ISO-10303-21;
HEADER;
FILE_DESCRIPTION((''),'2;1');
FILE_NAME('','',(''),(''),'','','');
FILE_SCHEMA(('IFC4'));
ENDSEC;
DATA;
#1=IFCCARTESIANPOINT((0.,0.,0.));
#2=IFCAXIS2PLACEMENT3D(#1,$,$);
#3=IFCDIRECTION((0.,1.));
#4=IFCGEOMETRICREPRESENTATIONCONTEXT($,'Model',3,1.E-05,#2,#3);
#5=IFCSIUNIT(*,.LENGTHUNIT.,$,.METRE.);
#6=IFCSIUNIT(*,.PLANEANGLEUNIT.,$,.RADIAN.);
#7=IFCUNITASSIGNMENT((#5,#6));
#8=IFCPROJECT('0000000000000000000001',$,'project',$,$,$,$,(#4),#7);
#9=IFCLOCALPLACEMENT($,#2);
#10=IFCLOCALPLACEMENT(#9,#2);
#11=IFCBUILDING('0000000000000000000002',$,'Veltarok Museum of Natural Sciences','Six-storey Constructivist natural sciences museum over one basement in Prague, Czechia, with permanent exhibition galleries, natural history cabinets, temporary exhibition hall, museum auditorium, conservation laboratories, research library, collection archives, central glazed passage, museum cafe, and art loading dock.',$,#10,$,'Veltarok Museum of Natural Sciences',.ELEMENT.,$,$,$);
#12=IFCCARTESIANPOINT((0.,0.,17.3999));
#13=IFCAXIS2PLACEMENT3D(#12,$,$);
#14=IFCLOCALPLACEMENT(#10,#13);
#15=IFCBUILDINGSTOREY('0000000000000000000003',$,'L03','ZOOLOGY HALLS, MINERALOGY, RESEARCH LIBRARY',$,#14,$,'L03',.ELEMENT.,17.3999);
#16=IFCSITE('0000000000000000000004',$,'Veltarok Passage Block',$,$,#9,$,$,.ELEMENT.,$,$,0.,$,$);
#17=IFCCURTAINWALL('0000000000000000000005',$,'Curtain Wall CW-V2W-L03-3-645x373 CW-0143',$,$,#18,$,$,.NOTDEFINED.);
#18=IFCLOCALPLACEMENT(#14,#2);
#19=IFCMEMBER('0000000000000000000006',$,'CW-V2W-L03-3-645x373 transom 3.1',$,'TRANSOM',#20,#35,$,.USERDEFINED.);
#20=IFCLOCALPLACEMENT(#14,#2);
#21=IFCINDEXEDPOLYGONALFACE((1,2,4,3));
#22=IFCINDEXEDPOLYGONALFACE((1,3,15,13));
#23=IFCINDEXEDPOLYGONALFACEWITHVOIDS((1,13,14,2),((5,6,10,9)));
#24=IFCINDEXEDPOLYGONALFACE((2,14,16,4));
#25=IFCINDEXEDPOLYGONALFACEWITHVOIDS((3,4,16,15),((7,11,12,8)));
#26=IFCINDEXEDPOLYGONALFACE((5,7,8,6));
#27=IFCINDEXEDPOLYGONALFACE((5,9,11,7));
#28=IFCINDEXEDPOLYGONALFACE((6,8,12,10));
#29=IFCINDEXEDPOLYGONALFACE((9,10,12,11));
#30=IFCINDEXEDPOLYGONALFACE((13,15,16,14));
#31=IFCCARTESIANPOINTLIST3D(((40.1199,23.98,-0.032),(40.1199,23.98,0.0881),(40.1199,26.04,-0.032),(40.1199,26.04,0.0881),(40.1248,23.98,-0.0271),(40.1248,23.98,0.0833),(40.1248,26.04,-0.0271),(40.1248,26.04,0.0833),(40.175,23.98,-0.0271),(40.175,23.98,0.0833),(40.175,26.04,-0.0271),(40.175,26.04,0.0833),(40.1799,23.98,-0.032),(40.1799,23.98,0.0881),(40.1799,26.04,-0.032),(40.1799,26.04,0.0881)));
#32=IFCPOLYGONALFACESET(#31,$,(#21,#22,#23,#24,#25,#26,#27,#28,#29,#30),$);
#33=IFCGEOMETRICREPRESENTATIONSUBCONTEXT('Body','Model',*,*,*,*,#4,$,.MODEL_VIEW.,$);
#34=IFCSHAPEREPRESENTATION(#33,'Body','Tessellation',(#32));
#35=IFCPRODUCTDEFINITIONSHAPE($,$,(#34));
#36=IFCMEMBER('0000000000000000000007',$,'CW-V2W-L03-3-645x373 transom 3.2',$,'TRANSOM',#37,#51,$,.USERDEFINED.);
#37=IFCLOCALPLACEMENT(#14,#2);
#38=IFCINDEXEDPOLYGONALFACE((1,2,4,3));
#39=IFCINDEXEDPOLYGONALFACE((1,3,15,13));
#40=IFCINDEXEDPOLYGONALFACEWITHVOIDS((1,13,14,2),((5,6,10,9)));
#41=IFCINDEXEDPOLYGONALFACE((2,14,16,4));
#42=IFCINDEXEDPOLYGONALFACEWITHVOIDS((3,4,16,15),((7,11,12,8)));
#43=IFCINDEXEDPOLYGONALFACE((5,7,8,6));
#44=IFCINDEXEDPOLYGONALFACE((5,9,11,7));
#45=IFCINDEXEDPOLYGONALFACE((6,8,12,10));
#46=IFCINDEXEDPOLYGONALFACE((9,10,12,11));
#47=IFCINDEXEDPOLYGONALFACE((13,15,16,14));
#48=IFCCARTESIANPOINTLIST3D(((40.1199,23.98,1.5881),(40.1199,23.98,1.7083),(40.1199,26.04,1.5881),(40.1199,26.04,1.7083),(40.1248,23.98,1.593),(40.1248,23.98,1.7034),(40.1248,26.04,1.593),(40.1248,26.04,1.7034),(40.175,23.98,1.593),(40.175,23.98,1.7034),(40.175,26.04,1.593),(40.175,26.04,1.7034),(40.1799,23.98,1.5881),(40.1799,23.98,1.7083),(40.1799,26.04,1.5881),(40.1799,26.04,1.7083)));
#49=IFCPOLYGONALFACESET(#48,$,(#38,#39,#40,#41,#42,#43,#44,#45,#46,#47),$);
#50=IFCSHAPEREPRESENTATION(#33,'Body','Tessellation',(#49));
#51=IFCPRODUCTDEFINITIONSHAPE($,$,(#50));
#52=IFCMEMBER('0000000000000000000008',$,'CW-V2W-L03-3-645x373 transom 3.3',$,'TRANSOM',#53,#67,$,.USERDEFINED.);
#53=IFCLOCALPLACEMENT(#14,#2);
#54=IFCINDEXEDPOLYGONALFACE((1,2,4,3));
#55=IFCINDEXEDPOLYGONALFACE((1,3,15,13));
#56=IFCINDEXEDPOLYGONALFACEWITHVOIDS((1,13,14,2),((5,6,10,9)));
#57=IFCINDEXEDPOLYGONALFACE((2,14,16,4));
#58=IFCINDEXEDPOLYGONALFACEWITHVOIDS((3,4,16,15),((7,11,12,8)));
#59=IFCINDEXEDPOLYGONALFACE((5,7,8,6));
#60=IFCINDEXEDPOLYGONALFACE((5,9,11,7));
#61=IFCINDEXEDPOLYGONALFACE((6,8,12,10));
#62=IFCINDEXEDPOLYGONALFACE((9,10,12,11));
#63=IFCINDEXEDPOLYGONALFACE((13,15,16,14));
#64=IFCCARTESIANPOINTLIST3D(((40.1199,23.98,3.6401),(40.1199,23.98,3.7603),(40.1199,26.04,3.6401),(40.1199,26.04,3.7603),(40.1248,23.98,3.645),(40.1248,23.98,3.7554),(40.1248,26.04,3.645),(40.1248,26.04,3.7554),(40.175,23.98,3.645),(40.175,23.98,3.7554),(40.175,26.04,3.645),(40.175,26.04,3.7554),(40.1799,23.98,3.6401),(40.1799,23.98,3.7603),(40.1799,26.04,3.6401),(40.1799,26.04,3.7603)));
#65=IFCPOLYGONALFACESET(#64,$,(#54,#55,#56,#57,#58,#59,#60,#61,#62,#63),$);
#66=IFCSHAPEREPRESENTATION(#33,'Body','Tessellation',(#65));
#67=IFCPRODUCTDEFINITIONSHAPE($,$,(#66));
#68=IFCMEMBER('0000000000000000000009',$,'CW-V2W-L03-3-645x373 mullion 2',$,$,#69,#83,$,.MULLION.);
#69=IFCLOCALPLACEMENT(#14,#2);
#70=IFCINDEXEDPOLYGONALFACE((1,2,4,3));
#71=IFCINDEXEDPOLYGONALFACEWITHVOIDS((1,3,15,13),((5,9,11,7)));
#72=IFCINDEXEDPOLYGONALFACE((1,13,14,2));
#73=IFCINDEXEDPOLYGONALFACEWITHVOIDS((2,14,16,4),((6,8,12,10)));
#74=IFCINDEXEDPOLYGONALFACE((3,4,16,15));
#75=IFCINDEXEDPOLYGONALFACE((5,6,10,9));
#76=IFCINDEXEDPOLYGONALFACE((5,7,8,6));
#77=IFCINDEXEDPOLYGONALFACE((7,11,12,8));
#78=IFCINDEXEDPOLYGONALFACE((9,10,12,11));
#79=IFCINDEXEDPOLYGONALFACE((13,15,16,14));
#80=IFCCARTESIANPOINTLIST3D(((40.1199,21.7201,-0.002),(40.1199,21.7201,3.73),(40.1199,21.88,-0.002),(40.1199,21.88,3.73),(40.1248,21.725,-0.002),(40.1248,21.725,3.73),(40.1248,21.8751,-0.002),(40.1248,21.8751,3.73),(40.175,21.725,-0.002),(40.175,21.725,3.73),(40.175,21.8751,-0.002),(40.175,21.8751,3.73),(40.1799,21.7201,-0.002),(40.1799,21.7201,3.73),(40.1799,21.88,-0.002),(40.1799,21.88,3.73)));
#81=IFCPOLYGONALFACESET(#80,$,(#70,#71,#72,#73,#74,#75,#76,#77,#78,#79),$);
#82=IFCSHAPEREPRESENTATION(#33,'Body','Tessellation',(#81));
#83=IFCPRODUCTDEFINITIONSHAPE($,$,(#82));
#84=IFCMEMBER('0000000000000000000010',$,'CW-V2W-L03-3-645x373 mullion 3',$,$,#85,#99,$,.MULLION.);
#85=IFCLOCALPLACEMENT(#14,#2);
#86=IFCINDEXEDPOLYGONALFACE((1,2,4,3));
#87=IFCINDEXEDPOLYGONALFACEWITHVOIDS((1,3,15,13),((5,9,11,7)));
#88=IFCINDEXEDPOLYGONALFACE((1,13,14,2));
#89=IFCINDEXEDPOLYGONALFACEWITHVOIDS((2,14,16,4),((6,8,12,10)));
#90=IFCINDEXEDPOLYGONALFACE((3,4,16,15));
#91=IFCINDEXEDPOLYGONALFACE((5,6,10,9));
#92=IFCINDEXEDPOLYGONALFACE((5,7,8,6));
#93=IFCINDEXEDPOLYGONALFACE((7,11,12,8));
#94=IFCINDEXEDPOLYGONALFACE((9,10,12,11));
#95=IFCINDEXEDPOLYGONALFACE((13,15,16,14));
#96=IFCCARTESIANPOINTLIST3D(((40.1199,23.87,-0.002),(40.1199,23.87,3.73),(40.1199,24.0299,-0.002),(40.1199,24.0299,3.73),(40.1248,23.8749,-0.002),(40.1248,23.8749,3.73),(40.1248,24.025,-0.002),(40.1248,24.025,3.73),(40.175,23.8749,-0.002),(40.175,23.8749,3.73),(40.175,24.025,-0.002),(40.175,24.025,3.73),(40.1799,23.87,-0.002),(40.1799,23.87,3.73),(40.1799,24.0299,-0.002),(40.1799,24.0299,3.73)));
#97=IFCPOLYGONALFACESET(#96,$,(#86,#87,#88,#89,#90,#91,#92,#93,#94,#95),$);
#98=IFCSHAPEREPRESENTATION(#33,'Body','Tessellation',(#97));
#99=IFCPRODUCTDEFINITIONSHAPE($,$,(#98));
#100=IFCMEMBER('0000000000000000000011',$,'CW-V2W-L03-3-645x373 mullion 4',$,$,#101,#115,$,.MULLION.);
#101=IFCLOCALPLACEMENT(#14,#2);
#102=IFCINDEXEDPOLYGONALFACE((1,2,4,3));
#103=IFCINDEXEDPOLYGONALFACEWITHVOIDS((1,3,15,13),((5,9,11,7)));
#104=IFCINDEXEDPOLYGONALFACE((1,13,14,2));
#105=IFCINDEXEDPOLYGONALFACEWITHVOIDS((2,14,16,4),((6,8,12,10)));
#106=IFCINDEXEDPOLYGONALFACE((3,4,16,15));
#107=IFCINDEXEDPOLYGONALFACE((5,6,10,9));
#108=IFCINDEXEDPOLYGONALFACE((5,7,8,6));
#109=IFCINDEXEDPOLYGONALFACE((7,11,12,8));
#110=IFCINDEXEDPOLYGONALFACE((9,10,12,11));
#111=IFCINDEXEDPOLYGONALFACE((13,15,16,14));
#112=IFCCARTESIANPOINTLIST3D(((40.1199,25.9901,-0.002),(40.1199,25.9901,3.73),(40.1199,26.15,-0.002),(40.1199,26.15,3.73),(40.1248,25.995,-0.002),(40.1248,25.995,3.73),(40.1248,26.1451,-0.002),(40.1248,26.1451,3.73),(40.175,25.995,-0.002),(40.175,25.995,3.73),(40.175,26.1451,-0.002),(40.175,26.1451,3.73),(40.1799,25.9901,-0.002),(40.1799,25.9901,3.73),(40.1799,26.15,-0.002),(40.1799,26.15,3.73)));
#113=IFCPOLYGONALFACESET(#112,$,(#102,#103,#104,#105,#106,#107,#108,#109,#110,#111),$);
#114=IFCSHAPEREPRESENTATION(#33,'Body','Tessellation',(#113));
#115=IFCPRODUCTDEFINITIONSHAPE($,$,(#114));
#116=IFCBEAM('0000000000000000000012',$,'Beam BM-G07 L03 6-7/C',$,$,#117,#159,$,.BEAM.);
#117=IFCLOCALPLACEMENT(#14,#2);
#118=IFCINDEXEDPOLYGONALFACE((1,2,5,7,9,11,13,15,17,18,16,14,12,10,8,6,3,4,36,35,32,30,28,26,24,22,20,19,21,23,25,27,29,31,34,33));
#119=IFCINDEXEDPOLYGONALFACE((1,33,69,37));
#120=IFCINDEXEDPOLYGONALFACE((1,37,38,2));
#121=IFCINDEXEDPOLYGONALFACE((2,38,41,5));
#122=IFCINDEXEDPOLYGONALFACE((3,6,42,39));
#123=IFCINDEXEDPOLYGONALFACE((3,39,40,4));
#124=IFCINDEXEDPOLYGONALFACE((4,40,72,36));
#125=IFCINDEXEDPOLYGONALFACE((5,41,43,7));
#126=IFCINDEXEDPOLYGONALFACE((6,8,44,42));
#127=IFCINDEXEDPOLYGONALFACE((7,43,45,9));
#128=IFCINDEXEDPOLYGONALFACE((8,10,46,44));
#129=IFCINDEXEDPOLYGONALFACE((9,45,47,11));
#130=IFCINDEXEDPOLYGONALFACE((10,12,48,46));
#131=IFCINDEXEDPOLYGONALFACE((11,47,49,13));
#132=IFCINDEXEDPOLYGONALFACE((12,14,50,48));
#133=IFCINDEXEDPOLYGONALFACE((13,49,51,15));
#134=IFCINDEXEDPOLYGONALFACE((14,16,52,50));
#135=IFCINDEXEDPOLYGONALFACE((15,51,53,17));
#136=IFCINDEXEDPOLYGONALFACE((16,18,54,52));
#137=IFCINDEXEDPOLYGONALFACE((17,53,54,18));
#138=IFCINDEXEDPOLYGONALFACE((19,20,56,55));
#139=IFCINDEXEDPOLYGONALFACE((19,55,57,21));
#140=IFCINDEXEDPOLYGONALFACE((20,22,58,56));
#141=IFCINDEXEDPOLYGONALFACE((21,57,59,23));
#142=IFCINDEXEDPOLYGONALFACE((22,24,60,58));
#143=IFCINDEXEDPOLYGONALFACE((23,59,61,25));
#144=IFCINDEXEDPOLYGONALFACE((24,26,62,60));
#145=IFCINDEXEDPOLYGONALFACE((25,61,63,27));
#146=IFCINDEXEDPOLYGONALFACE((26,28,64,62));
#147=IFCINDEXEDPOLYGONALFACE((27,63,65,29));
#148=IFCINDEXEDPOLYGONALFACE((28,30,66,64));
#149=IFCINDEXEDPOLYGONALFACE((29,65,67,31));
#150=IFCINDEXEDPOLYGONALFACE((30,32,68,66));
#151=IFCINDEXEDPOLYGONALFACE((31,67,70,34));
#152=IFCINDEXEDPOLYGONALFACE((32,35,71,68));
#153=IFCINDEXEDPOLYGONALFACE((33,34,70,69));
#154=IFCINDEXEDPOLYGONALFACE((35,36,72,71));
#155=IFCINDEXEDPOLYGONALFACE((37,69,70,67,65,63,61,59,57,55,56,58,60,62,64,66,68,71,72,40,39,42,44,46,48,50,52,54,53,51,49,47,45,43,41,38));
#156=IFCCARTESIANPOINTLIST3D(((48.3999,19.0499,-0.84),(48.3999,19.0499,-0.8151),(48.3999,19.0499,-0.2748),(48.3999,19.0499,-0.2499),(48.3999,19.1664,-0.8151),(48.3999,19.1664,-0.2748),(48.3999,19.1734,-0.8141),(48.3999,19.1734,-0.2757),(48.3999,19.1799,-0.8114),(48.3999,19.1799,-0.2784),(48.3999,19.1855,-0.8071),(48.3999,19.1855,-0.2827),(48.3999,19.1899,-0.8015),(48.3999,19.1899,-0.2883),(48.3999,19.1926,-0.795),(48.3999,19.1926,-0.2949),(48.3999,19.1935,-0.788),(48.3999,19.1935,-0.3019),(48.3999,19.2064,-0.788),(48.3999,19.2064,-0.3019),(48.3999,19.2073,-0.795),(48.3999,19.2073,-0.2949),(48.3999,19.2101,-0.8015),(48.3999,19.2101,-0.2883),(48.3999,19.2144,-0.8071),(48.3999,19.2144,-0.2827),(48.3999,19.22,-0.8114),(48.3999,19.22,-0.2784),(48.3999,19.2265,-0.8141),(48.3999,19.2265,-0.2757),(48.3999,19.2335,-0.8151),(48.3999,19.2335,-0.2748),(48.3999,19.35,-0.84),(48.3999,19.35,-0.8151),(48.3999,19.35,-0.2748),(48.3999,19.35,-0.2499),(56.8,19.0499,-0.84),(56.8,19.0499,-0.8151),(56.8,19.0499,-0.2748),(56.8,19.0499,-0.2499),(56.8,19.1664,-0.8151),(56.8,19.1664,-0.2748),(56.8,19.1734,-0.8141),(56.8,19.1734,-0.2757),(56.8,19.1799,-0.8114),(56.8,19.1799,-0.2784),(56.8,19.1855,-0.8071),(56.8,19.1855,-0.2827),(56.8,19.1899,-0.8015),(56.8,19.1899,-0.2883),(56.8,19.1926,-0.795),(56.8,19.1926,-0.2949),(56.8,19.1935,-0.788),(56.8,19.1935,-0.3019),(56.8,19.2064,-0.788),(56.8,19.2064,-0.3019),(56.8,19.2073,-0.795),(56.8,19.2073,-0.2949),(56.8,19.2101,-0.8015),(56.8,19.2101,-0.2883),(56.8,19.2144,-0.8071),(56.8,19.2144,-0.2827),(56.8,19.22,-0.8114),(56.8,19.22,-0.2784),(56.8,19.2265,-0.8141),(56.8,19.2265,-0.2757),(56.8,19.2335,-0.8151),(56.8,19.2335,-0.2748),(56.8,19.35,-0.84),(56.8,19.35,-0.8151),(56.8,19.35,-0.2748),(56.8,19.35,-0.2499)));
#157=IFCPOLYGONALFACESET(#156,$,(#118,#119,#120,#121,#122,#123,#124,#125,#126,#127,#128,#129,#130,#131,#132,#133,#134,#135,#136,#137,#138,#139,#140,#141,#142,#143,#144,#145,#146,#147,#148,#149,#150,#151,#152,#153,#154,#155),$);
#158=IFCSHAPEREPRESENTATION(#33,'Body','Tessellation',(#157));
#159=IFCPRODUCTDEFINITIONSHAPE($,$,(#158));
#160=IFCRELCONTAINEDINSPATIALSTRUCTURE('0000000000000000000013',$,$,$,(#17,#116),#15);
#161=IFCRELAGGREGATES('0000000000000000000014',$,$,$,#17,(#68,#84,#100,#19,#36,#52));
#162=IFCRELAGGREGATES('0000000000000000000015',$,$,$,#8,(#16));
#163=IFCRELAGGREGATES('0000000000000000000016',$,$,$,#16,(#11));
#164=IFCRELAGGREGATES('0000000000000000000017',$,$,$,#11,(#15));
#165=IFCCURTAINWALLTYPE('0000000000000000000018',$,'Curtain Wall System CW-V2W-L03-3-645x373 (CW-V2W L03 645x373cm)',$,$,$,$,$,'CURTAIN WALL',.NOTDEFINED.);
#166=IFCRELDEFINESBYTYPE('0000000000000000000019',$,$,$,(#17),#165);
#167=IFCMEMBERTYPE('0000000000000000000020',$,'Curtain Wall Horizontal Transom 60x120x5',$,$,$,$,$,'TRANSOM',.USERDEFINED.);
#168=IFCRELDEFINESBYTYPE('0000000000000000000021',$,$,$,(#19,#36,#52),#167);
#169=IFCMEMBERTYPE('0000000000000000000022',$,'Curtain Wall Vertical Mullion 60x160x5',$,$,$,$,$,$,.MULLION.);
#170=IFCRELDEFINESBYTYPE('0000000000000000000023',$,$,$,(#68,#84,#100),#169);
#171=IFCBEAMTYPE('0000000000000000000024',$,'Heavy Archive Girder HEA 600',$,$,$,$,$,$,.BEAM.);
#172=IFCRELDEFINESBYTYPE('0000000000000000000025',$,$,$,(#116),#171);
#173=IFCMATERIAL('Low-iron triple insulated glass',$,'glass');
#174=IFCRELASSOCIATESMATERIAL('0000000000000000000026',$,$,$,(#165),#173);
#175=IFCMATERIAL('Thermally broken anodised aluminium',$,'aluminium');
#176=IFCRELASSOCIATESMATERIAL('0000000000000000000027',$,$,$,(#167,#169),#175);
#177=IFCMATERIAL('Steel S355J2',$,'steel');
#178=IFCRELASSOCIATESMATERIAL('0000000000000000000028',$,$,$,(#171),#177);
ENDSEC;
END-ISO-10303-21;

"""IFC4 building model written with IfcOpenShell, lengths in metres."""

from ifc_helpers import new_model, si_unit, direction, frame, origin, origin_2d, place, context, subcontext, project, spatial, hollow_rectangle, i_section, extrude, material, material_profile, profile_set, type_object, element, aggregate, save


model = new_model("IFC4")

# Units and contexts
model_context = context("Model", 3, precision=1e-05, world=origin(), true_north=direction((0.0, 1.0)))
body_context = subcontext(model_context, "Body", "Model", "MODEL_VIEW")
ifc_project = project(units=[si_unit("LENGTHUNIT", "METRE"), si_unit("PLANEANGLEUNIT", "RADIAN")], contexts=[model_context])

# Site, building, storey
site_placement = place(None, origin())
site = spatial("IfcSite", under=ifc_project, at=site_placement, Name="Veltarok Passage Block", CompositionType="ELEMENT", RefElevation=0.0)
building_placement = place(site_placement, origin())
building = spatial("IfcBuilding", under=site, at=building_placement, Name="Veltarok Museum of Natural Sciences", Description="Six-storey Constructivist natural sciences museum over one basement in Prague, Czechia, with permanent exhibition galleries, natural history cabinets, temporary exhibition hall, museum auditorium, conservation laboratories, research library, collection archives, central glazed passage, museum cafe, and art loading dock.", LongName="Veltarok Museum of Natural Sciences", CompositionType="ELEMENT")
storey_placement = place(building_placement, frame((0.0, 0.0, 17.3999)))
storey = spatial("IfcBuildingStorey", under=building, at=storey_placement, Name="L03", Description="ZOOLOGY HALLS, MINERALOGY, RESEARCH LIBRARY", LongName="L03", CompositionType="ELEMENT", Elevation=17.3999)

# Shared definitions
ifc_material_1 = material(Name="Steel S355J2", Category="steel")

# Curtain wall, members
ifc_material_2 = material(Name="Low-iron triple insulated glass", Category="glass")
curtain_wall_type = type_object("IfcCurtainWallType", Name="Curtain Wall System CW-V2W-L03-3-645x373 (CW-V2W L03 645x373cm)", ElementType="CURTAIN WALL", PredefinedType="NOTDEFINED", material=ifc_material_2)
curtain_wall_placement = place(storey_placement, origin())
curtain_wall = element("IfcCurtainWall", 1, at=curtain_wall_placement, inside=storey, type_object=curtain_wall_type, Name="Curtain Wall CW-V2W-L03-3-645x373 CW-0143", PredefinedType="NOTDEFINED")
ifc_material_3 = material(Name="Thermally broken anodised aluminium", Category="aluminium")
ifc_material_profile_1 = material_profile(ifc_material_3, hollow_rectangle(XDim=0.0601, YDim=0.1201, WallThickness=0.0049, at=origin_2d()), Name="CW TRANSOM 60x120x5")
ifc_profile_set_1 = profile_set([ifc_material_profile_1], Name="Thermally broken anodised aluminium")
member_type_1 = type_object("IfcMemberType", Name="Curtain Wall Horizontal Transom 60x120x5", ElementType="TRANSOM", PredefinedType="USERDEFINED", material=ifc_profile_set_1)
member_1_placement = place(storey_placement, frame((40.1499, 23.98, 0.0281), z_axis=(0.0, 1.0, 0.0), x_axis=(-1.0, 0.0, 0.0)))
member_1 = element("IfcMember", 2, at=member_1_placement, type_object=member_type_1, Name="CW-V2W-L03-3-645x373 transom 3.1", ObjectType="TRANSOM", PredefinedType="USERDEFINED", context=body_context, shape_type="SweptSolid", body=[
    extrude(hollow_rectangle(XDim=0.0601, YDim=0.1201, WallThickness=0.0049, at=origin_2d()), origin(), (0.0, 0.0, 1.0), 2.0601),
])
member_2_placement = place(storey_placement, frame((40.1499, 23.98, 1.6482), z_axis=(0.0, 1.0, 0.0), x_axis=(-1.0, 0.0, 0.0)))
member_2 = element("IfcMember", 3, at=member_2_placement, type_object=member_type_1, Name="CW-V2W-L03-3-645x373 transom 3.2", ObjectType="TRANSOM", PredefinedType="USERDEFINED", context=body_context, shape_type="SweptSolid", body=[
    extrude(hollow_rectangle(XDim=0.0601, YDim=0.1201, WallThickness=0.0049, at=origin_2d()), origin(), (0.0, 0.0, 1.0), 2.0601),
])
member_3_placement = place(storey_placement, frame((40.1499, 23.98, 3.7002), z_axis=(0.0, 1.0, 0.0), x_axis=(-1.0, 0.0, 0.0)))
member_3 = element("IfcMember", 4, at=member_3_placement, type_object=member_type_1, Name="CW-V2W-L03-3-645x373 transom 3.3", ObjectType="TRANSOM", PredefinedType="USERDEFINED", context=body_context, shape_type="SweptSolid", body=[
    extrude(hollow_rectangle(XDim=0.0601, YDim=0.1201, WallThickness=0.0049, at=origin_2d()), origin(), (0.0, 0.0, 1.0), 2.0601),
])
ifc_material_profile_2 = material_profile(ifc_material_3, hollow_rectangle(XDim=0.0601, YDim=0.1599, WallThickness=0.0049, at=origin_2d()), Name="CW MULLION 60x160x5")
ifc_profile_set_2 = profile_set([ifc_material_profile_2], Name="Thermally broken anodised aluminium")
member_type_2 = type_object("IfcMemberType", Name="Curtain Wall Vertical Mullion 60x160x5", PredefinedType="MULLION", material=ifc_profile_set_2)
member_4_placement = place(storey_placement, frame((40.1499, 21.8, -0.002), z_axis=(0.0, 0.0, 1.0), x_axis=(-1.0, 0.0, 0.0)))
member_4 = element("IfcMember", 5, at=member_4_placement, type_object=member_type_2, Name="CW-V2W-L03-3-645x373 mullion 2", PredefinedType="MULLION", context=body_context, shape_type="SweptSolid", body=[
    extrude(hollow_rectangle(XDim=0.0601, YDim=0.1599, WallThickness=0.0049, at=origin_2d()), origin(), (0.0, 0.0, 1.0), 3.7319),
])
member_5_placement = place(storey_placement, frame((40.1499, 23.95, -0.002), z_axis=(0.0, 0.0, 1.0), x_axis=(-1.0, 0.0, 0.0)))
member_5 = element("IfcMember", 6, at=member_5_placement, type_object=member_type_2, Name="CW-V2W-L03-3-645x373 mullion 3", PredefinedType="MULLION", context=body_context, shape_type="SweptSolid", body=[
    extrude(hollow_rectangle(XDim=0.0601, YDim=0.1599, WallThickness=0.0049, at=origin_2d()), origin(), (0.0, 0.0, 1.0), 3.7319),
])
member_6_placement = place(storey_placement, frame((40.1499, 26.0701, -0.002), z_axis=(0.0, 0.0, 1.0), x_axis=(-1.0, 0.0, 0.0)))
member_6 = element("IfcMember", 7, at=member_6_placement, type_object=member_type_2, Name="CW-V2W-L03-3-645x373 mullion 4", PredefinedType="MULLION", context=body_context, shape_type="SweptSolid", body=[
    extrude(hollow_rectangle(XDim=0.0601, YDim=0.1599, WallThickness=0.0049, at=origin_2d()), origin(), (0.0, 0.0, 1.0), 3.7319),
])

# Beam
ifc_material_profile_3 = material_profile(ifc_material_1, i_section(OverallWidth=0.3, OverallDepth=0.5901, WebThickness=0.0129, FlangeThickness=0.0249, FilletRadius=0.0271, at=origin_2d()), Name="HEA 600")
ifc_profile_set_3 = profile_set([ifc_material_profile_3], Name="Steel S355J2")
beam_type_1 = type_object("IfcBeamType", Name="Heavy Archive Girder HEA 600", PredefinedType="BEAM", material=ifc_profile_set_3)
for number, where, z_axis, x_axis, name in (
    (8, (48.3999, 19.2, -0.5449), (1.0, 0.0, 0.0), (0.0, 1.0, 0.0), "Beam BM-G07 L03 6-7/C"),
):
    element("IfcBeam", number, at=place(storey_placement, frame(where, z_axis=z_axis, x_axis=x_axis)), inside=storey, type_object=beam_type_1, Name=name, PredefinedType="BEAM", context=body_context, shape_type="SweptSolid", body=[
        extrude(i_section(OverallWidth=0.3, OverallDepth=0.5901, WebThickness=0.0129, FlangeThickness=0.0249, FilletRadius=0.0271, at=origin_2d()), origin(), (0.0, 0.0, 1.0), 8.4001),
    ])

aggregate(curtain_wall, [member_4, member_5, member_6, member_1, member_2, member_3])

save(model, "model.ifc")
